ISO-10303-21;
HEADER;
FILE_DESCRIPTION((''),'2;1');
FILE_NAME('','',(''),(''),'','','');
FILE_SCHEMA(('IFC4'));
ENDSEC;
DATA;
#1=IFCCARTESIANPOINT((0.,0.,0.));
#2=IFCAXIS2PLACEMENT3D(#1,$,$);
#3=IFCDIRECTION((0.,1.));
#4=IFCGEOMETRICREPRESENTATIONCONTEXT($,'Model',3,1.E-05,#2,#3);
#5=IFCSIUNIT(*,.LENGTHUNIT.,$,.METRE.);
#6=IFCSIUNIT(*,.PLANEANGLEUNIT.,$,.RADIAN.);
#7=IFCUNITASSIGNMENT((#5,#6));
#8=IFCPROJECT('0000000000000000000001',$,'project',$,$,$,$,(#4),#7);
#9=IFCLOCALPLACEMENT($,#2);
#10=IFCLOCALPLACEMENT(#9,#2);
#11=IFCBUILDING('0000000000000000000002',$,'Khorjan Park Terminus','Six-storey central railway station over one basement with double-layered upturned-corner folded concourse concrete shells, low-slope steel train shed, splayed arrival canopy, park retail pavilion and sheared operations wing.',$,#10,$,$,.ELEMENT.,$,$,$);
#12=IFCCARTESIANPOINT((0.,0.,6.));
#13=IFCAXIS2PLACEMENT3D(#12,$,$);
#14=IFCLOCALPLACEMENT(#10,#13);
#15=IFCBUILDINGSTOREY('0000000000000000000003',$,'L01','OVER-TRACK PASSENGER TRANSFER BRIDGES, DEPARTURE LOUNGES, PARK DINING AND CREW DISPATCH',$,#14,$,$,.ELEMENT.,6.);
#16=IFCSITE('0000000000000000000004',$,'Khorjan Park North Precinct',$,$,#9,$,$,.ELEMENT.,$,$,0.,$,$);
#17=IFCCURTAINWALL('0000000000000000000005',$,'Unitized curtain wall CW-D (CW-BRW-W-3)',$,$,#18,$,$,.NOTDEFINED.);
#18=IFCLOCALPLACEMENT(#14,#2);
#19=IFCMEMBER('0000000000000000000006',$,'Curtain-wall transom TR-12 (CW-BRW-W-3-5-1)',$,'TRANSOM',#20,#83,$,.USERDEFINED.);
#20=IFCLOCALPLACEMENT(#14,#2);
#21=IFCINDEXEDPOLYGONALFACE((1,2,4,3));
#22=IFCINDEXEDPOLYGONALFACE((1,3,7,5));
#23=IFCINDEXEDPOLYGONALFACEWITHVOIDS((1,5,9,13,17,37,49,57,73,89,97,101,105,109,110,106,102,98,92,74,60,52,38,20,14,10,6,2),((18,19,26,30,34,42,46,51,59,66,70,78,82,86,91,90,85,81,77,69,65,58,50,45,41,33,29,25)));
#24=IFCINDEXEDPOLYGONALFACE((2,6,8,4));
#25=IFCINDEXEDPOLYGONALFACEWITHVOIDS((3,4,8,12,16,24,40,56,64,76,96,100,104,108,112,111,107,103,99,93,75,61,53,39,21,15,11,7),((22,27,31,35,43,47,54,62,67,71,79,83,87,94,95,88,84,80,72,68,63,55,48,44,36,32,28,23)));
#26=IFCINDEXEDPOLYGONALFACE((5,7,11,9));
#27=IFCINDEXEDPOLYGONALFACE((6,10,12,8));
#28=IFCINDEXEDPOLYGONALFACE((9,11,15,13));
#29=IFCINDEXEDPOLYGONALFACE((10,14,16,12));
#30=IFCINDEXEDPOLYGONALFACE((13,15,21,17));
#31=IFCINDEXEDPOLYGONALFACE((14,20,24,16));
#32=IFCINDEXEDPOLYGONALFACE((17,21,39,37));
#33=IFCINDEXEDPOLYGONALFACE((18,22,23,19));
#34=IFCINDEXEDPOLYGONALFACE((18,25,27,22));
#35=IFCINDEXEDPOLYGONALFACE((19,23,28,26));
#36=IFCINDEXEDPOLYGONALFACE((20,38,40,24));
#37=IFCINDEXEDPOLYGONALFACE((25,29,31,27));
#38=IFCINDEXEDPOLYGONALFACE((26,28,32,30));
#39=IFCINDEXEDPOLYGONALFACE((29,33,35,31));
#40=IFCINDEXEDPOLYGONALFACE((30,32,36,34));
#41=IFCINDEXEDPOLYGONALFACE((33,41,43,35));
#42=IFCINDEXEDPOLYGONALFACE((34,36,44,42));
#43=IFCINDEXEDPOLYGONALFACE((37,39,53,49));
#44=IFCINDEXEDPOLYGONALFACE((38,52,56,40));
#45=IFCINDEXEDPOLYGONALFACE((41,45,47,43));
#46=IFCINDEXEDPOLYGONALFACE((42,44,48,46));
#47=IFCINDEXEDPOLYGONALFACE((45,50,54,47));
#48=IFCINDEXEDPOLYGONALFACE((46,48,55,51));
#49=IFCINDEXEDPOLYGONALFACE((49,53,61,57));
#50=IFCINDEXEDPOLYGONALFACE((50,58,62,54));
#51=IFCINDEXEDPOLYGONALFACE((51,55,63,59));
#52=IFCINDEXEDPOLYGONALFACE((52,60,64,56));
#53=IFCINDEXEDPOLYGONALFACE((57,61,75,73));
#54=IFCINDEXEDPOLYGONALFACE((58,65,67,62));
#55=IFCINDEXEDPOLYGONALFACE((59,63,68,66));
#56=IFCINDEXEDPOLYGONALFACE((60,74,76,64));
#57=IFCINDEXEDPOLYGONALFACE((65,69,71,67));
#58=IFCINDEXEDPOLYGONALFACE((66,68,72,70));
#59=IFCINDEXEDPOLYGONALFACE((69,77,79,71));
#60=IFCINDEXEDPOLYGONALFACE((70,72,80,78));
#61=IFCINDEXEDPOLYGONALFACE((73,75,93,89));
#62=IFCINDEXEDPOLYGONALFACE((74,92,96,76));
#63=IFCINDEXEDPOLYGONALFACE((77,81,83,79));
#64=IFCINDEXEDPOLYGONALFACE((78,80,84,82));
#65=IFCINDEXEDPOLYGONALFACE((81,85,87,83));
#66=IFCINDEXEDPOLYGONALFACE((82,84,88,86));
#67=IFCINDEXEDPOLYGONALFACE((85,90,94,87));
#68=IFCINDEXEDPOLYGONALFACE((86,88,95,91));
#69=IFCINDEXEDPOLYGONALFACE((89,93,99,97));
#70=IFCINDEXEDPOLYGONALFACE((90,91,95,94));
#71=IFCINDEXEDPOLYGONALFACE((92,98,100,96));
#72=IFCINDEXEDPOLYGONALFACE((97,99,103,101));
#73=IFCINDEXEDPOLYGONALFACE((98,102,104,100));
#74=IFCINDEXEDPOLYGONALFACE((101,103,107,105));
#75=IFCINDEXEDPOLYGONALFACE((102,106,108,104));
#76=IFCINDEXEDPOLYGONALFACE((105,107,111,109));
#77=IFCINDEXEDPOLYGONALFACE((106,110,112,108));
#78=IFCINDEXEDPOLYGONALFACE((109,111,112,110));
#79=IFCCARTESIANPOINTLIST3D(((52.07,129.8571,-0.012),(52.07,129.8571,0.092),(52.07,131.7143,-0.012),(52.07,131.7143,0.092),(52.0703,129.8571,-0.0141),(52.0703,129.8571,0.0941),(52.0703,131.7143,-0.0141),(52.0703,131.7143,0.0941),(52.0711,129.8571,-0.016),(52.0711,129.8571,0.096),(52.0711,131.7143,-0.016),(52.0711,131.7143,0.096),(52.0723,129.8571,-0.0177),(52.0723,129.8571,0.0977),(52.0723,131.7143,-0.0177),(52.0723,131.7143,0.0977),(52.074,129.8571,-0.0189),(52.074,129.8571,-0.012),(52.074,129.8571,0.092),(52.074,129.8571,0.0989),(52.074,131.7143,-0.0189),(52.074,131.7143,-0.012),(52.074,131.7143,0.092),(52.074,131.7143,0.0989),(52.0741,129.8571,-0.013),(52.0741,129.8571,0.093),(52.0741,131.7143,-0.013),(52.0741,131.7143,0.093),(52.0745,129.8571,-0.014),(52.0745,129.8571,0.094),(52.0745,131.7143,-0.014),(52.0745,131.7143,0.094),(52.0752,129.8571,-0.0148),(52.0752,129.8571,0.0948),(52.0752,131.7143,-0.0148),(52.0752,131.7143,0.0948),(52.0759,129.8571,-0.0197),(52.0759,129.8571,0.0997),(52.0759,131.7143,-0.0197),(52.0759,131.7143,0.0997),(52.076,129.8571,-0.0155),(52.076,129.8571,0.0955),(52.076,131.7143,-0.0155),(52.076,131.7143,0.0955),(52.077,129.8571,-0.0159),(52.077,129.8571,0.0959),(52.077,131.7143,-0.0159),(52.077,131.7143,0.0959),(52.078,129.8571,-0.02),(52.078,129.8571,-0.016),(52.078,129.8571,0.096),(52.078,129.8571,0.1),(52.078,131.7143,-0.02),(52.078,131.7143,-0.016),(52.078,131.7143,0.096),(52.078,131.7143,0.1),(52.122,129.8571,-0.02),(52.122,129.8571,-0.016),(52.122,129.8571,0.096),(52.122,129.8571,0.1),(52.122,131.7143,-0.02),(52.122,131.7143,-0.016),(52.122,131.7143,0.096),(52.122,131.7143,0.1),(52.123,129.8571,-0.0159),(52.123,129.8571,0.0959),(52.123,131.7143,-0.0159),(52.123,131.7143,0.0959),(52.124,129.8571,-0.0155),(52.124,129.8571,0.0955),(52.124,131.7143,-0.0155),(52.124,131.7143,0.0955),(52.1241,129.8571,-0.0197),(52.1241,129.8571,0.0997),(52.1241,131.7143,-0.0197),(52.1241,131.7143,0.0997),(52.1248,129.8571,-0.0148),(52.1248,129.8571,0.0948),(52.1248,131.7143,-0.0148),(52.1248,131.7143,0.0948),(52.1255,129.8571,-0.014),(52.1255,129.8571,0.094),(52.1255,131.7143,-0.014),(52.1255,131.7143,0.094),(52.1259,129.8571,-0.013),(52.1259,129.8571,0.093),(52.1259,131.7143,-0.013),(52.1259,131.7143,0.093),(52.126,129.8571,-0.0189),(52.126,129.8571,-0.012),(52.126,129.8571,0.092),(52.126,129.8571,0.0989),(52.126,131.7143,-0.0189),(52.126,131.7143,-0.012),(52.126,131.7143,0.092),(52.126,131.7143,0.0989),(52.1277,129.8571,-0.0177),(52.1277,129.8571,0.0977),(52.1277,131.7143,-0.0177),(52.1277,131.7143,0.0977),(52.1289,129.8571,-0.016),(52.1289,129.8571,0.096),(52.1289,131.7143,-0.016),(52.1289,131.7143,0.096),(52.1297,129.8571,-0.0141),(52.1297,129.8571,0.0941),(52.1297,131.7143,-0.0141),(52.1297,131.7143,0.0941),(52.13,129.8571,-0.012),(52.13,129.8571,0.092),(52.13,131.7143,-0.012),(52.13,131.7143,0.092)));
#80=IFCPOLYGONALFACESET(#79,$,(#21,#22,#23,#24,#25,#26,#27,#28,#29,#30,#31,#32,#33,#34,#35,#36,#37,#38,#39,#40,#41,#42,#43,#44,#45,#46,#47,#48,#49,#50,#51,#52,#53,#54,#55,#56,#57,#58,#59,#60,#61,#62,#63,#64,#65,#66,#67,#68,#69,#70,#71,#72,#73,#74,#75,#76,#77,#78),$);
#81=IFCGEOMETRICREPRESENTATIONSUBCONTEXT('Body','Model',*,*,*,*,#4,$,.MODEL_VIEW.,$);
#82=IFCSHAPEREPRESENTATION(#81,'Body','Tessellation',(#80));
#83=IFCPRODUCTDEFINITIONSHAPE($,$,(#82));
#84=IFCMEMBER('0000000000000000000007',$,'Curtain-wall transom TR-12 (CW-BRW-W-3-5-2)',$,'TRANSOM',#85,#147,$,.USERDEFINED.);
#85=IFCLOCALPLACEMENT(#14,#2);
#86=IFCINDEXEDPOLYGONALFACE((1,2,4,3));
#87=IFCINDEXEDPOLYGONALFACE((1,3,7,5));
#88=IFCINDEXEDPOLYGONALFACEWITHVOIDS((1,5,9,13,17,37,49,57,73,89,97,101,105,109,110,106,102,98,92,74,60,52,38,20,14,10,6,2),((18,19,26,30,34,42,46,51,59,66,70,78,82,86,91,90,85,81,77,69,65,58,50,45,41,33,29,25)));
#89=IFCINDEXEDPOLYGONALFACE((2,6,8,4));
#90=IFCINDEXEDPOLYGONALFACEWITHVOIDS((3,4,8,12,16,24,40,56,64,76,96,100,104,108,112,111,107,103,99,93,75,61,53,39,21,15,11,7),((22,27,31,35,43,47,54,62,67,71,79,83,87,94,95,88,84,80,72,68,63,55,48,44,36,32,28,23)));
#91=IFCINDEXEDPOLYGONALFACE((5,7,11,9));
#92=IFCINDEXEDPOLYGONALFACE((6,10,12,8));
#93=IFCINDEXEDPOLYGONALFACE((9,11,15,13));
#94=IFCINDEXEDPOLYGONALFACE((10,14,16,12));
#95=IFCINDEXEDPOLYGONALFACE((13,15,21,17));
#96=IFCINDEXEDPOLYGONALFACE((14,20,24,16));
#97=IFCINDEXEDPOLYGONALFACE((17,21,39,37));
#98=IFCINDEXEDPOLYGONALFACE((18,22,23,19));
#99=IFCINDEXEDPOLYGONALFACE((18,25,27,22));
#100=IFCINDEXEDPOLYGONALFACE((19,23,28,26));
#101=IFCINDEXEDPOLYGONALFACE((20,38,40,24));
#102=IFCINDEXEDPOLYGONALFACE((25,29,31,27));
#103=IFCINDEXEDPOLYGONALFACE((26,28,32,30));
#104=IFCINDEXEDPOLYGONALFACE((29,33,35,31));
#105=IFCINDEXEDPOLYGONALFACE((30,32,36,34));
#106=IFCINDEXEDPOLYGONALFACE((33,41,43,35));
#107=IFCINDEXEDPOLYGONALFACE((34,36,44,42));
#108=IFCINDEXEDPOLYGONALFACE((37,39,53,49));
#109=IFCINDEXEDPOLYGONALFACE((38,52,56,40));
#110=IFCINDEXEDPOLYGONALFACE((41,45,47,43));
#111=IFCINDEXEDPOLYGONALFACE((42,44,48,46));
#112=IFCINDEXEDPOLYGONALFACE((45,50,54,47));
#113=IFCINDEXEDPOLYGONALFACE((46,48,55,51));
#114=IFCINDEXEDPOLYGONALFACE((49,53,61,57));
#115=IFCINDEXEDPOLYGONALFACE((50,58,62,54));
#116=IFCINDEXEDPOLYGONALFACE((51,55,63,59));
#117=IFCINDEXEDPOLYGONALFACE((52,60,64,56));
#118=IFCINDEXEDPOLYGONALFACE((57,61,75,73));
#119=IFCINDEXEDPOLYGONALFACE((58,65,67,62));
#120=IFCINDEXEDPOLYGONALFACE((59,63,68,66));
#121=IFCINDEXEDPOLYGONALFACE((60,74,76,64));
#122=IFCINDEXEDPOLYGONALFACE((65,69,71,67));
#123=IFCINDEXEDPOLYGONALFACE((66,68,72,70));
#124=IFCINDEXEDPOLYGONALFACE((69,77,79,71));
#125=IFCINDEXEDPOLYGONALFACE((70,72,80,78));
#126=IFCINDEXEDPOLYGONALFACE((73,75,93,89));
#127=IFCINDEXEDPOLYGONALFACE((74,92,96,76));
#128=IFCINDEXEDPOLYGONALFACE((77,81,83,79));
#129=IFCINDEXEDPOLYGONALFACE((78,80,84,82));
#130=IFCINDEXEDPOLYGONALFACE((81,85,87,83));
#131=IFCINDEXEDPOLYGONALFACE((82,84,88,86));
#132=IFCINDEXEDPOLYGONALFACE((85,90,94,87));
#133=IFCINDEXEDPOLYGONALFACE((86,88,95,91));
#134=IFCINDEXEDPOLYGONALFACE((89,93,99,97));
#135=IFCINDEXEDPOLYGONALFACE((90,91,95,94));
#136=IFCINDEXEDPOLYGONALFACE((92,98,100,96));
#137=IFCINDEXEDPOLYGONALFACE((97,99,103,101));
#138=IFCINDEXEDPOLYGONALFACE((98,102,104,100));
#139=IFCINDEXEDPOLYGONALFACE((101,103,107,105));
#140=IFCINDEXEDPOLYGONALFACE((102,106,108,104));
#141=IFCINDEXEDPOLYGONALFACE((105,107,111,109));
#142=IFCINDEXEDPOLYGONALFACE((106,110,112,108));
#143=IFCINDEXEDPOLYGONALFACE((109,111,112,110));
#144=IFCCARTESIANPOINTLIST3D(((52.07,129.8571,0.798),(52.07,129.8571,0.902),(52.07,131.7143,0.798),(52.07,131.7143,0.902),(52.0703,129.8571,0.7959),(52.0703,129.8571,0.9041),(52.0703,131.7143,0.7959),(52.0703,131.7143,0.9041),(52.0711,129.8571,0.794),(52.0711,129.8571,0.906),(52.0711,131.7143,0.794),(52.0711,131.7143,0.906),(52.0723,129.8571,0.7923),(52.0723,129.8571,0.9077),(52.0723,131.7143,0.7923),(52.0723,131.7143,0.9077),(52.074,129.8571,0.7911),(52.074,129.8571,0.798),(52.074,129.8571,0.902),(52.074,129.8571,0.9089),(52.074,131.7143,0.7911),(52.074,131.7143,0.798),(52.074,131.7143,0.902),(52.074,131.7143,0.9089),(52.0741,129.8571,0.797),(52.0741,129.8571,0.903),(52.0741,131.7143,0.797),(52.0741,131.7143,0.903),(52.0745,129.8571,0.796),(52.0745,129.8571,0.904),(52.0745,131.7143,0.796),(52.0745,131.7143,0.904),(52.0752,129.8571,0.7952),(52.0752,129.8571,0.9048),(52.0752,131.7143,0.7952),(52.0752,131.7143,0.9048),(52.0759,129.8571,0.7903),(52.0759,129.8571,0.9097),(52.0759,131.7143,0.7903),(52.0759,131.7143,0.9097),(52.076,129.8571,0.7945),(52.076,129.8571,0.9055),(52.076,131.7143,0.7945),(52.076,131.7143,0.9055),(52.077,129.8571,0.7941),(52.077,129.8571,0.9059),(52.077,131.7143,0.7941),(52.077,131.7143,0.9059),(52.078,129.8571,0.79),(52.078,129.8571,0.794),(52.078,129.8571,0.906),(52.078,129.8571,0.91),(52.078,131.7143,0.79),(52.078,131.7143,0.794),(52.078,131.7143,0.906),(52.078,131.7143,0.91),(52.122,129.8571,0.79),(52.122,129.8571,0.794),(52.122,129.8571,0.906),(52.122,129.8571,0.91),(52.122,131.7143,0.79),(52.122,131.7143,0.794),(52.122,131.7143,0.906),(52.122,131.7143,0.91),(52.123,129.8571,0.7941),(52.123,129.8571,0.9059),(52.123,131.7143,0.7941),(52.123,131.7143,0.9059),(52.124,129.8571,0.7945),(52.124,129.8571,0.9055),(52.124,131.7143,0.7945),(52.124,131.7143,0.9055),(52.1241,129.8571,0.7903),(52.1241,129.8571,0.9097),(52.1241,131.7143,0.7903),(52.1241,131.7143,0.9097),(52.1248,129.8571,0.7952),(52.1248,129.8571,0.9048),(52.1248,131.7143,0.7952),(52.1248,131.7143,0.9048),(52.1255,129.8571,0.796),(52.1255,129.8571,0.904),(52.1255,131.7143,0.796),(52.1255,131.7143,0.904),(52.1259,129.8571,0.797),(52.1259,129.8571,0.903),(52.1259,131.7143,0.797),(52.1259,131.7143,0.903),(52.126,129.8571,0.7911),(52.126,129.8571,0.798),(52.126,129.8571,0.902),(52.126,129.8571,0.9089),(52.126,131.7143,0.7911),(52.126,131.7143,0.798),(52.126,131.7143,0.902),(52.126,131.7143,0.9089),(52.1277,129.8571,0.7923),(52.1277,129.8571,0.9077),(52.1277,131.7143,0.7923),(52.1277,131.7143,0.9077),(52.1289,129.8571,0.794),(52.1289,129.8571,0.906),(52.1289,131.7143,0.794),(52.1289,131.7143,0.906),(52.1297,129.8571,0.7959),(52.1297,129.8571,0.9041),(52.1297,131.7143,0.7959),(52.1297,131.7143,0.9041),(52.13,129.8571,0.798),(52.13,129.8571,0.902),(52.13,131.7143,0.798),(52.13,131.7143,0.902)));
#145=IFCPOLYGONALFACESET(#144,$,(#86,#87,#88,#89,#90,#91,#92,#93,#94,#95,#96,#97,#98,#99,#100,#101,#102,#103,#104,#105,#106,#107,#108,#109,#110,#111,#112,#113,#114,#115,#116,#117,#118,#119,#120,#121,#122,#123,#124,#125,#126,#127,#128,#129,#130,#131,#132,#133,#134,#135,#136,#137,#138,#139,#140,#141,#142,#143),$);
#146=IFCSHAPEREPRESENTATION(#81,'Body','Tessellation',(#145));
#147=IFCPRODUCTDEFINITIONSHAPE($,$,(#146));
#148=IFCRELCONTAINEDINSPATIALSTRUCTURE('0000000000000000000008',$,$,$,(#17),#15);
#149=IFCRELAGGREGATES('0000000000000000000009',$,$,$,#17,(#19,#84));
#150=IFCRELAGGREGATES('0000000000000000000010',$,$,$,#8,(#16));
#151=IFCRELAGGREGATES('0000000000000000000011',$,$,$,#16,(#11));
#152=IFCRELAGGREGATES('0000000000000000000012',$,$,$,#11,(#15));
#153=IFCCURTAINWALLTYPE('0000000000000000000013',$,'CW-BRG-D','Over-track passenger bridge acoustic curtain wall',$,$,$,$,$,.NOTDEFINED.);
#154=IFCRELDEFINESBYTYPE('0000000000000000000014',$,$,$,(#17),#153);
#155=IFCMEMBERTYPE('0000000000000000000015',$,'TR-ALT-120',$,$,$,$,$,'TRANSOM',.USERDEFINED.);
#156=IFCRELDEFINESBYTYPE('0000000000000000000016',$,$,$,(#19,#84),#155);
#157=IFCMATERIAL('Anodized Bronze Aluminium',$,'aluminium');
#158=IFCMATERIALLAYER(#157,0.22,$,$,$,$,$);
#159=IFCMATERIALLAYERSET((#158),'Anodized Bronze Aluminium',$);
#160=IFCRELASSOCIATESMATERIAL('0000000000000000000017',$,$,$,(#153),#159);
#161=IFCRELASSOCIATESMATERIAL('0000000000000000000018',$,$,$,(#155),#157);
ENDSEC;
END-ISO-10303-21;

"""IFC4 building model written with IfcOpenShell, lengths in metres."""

from ifc_helpers import new_model, si_unit, direction, frame, origin, origin_2d, place, context, subcontext, project, spatial, hollow_rectangle, extrude, material, layer, layer_set, material_profile, profile_set, type_object, element, aggregate, save


model = new_model("IFC4")

# Units and contexts
model_context = context("Model", 3, precision=1e-05, world=origin(), true_north=direction((0.0, 1.0)))
body_context = subcontext(model_context, "Body", "Model", "MODEL_VIEW")
ifc_project = project(units=[si_unit("LENGTHUNIT", "METRE"), si_unit("PLANEANGLEUNIT", "RADIAN")], contexts=[model_context])

# Site, building, storey
site_placement = place(None, origin())
site = spatial("IfcSite", under=ifc_project, at=site_placement, Name="Khorjan Park North Precinct", CompositionType="ELEMENT", RefElevation=0.0)
building_placement = place(site_placement, origin())
building = spatial("IfcBuilding", under=site, at=building_placement, Name="Khorjan Park Terminus", Description="Six-storey central railway station over one basement with double-layered upturned-corner folded concourse concrete shells, low-slope steel train shed, splayed arrival canopy, park retail pavilion and sheared operations wing.", CompositionType="ELEMENT")
storey_placement = place(building_placement, frame((0.0, 0.0, 6.0)))
storey = spatial("IfcBuildingStorey", under=building, at=storey_placement, Name="L01", Description="OVER-TRACK PASSENGER TRANSFER BRIDGES, DEPARTURE LOUNGES, PARK DINING AND CREW DISPATCH", CompositionType="ELEMENT", Elevation=6.0)

# Curtain wall
ifc_material_1 = material(Name="Anodized Bronze Aluminium", Category="aluminium")
ifc_layer_1 = layer(ifc_material_1, 0.22)
ifc_layer_set_1 = layer_set([ifc_layer_1], Name="Anodized Bronze Aluminium")
curtain_wall_type = type_object("IfcCurtainWallType", Name="CW-BRG-D", Description="Over-track passenger bridge acoustic curtain wall", PredefinedType="NOTDEFINED", material=ifc_layer_set_1)
curtain_wall_1_placement = place(storey_placement, origin())
curtain_wall_1 = element("IfcCurtainWall", 1, at=curtain_wall_1_placement, inside=storey, type_object=curtain_wall_type, Name="Unitized curtain wall CW-D (CW-BRW-W-3)", PredefinedType="NOTDEFINED")

# Members
ifc_material_profile_1 = material_profile(ifc_material_1, hollow_rectangle(XDim=0.06, YDim=0.12, WallThickness=0.004, InnerFilletRadius=0.004, OuterFilletRadius=0.008, at=origin_2d()), Name="ALT 60x120x4")
ifc_profile_set_1 = profile_set([ifc_material_profile_1], Name="Anodized Bronze Aluminium")
member_type_1 = type_object("IfcMemberType", Name="TR-ALT-120", ElementType="TRANSOM", PredefinedType="USERDEFINED", material=ifc_profile_set_1)
member_1_placement = place(storey_placement, frame((52.1, 131.7143, 0.04), z_axis=(0.0, -1.0, 0.0), x_axis=(1.0, 0.0, 0.0)))
member_1 = element("IfcMember", 2, at=member_1_placement, type_object=member_type_1, Name="Curtain-wall transom TR-12 (CW-BRW-W-3-5-1)", ObjectType="TRANSOM", PredefinedType="USERDEFINED", context=body_context, shape_type="SweptSolid", body=[
    extrude(hollow_rectangle(XDim=0.06, YDim=0.12, WallThickness=0.004, InnerFilletRadius=0.004, OuterFilletRadius=0.008, at=origin_2d()), origin(), (0.0, 0.0, 1.0), 1.8572),
])
member_2_placement = place(storey_placement, frame((52.1, 131.7143, 0.85), z_axis=(0.0, -1.0, 0.0), x_axis=(1.0, 0.0, 0.0)))
member_2 = element("IfcMember", 3, at=member_2_placement, type_object=member_type_1, Name="Curtain-wall transom TR-12 (CW-BRW-W-3-5-2)", ObjectType="TRANSOM", PredefinedType="USERDEFINED", context=body_context, shape_type="SweptSolid", body=[
    extrude(hollow_rectangle(XDim=0.06, YDim=0.12, WallThickness=0.004, InnerFilletRadius=0.004, OuterFilletRadius=0.008, at=origin_2d()), origin(), (0.0, 0.0, 1.0), 1.8572),
])

aggregate(curtain_wall_1, [member_1, member_2])

save(model, "model.ifc")
